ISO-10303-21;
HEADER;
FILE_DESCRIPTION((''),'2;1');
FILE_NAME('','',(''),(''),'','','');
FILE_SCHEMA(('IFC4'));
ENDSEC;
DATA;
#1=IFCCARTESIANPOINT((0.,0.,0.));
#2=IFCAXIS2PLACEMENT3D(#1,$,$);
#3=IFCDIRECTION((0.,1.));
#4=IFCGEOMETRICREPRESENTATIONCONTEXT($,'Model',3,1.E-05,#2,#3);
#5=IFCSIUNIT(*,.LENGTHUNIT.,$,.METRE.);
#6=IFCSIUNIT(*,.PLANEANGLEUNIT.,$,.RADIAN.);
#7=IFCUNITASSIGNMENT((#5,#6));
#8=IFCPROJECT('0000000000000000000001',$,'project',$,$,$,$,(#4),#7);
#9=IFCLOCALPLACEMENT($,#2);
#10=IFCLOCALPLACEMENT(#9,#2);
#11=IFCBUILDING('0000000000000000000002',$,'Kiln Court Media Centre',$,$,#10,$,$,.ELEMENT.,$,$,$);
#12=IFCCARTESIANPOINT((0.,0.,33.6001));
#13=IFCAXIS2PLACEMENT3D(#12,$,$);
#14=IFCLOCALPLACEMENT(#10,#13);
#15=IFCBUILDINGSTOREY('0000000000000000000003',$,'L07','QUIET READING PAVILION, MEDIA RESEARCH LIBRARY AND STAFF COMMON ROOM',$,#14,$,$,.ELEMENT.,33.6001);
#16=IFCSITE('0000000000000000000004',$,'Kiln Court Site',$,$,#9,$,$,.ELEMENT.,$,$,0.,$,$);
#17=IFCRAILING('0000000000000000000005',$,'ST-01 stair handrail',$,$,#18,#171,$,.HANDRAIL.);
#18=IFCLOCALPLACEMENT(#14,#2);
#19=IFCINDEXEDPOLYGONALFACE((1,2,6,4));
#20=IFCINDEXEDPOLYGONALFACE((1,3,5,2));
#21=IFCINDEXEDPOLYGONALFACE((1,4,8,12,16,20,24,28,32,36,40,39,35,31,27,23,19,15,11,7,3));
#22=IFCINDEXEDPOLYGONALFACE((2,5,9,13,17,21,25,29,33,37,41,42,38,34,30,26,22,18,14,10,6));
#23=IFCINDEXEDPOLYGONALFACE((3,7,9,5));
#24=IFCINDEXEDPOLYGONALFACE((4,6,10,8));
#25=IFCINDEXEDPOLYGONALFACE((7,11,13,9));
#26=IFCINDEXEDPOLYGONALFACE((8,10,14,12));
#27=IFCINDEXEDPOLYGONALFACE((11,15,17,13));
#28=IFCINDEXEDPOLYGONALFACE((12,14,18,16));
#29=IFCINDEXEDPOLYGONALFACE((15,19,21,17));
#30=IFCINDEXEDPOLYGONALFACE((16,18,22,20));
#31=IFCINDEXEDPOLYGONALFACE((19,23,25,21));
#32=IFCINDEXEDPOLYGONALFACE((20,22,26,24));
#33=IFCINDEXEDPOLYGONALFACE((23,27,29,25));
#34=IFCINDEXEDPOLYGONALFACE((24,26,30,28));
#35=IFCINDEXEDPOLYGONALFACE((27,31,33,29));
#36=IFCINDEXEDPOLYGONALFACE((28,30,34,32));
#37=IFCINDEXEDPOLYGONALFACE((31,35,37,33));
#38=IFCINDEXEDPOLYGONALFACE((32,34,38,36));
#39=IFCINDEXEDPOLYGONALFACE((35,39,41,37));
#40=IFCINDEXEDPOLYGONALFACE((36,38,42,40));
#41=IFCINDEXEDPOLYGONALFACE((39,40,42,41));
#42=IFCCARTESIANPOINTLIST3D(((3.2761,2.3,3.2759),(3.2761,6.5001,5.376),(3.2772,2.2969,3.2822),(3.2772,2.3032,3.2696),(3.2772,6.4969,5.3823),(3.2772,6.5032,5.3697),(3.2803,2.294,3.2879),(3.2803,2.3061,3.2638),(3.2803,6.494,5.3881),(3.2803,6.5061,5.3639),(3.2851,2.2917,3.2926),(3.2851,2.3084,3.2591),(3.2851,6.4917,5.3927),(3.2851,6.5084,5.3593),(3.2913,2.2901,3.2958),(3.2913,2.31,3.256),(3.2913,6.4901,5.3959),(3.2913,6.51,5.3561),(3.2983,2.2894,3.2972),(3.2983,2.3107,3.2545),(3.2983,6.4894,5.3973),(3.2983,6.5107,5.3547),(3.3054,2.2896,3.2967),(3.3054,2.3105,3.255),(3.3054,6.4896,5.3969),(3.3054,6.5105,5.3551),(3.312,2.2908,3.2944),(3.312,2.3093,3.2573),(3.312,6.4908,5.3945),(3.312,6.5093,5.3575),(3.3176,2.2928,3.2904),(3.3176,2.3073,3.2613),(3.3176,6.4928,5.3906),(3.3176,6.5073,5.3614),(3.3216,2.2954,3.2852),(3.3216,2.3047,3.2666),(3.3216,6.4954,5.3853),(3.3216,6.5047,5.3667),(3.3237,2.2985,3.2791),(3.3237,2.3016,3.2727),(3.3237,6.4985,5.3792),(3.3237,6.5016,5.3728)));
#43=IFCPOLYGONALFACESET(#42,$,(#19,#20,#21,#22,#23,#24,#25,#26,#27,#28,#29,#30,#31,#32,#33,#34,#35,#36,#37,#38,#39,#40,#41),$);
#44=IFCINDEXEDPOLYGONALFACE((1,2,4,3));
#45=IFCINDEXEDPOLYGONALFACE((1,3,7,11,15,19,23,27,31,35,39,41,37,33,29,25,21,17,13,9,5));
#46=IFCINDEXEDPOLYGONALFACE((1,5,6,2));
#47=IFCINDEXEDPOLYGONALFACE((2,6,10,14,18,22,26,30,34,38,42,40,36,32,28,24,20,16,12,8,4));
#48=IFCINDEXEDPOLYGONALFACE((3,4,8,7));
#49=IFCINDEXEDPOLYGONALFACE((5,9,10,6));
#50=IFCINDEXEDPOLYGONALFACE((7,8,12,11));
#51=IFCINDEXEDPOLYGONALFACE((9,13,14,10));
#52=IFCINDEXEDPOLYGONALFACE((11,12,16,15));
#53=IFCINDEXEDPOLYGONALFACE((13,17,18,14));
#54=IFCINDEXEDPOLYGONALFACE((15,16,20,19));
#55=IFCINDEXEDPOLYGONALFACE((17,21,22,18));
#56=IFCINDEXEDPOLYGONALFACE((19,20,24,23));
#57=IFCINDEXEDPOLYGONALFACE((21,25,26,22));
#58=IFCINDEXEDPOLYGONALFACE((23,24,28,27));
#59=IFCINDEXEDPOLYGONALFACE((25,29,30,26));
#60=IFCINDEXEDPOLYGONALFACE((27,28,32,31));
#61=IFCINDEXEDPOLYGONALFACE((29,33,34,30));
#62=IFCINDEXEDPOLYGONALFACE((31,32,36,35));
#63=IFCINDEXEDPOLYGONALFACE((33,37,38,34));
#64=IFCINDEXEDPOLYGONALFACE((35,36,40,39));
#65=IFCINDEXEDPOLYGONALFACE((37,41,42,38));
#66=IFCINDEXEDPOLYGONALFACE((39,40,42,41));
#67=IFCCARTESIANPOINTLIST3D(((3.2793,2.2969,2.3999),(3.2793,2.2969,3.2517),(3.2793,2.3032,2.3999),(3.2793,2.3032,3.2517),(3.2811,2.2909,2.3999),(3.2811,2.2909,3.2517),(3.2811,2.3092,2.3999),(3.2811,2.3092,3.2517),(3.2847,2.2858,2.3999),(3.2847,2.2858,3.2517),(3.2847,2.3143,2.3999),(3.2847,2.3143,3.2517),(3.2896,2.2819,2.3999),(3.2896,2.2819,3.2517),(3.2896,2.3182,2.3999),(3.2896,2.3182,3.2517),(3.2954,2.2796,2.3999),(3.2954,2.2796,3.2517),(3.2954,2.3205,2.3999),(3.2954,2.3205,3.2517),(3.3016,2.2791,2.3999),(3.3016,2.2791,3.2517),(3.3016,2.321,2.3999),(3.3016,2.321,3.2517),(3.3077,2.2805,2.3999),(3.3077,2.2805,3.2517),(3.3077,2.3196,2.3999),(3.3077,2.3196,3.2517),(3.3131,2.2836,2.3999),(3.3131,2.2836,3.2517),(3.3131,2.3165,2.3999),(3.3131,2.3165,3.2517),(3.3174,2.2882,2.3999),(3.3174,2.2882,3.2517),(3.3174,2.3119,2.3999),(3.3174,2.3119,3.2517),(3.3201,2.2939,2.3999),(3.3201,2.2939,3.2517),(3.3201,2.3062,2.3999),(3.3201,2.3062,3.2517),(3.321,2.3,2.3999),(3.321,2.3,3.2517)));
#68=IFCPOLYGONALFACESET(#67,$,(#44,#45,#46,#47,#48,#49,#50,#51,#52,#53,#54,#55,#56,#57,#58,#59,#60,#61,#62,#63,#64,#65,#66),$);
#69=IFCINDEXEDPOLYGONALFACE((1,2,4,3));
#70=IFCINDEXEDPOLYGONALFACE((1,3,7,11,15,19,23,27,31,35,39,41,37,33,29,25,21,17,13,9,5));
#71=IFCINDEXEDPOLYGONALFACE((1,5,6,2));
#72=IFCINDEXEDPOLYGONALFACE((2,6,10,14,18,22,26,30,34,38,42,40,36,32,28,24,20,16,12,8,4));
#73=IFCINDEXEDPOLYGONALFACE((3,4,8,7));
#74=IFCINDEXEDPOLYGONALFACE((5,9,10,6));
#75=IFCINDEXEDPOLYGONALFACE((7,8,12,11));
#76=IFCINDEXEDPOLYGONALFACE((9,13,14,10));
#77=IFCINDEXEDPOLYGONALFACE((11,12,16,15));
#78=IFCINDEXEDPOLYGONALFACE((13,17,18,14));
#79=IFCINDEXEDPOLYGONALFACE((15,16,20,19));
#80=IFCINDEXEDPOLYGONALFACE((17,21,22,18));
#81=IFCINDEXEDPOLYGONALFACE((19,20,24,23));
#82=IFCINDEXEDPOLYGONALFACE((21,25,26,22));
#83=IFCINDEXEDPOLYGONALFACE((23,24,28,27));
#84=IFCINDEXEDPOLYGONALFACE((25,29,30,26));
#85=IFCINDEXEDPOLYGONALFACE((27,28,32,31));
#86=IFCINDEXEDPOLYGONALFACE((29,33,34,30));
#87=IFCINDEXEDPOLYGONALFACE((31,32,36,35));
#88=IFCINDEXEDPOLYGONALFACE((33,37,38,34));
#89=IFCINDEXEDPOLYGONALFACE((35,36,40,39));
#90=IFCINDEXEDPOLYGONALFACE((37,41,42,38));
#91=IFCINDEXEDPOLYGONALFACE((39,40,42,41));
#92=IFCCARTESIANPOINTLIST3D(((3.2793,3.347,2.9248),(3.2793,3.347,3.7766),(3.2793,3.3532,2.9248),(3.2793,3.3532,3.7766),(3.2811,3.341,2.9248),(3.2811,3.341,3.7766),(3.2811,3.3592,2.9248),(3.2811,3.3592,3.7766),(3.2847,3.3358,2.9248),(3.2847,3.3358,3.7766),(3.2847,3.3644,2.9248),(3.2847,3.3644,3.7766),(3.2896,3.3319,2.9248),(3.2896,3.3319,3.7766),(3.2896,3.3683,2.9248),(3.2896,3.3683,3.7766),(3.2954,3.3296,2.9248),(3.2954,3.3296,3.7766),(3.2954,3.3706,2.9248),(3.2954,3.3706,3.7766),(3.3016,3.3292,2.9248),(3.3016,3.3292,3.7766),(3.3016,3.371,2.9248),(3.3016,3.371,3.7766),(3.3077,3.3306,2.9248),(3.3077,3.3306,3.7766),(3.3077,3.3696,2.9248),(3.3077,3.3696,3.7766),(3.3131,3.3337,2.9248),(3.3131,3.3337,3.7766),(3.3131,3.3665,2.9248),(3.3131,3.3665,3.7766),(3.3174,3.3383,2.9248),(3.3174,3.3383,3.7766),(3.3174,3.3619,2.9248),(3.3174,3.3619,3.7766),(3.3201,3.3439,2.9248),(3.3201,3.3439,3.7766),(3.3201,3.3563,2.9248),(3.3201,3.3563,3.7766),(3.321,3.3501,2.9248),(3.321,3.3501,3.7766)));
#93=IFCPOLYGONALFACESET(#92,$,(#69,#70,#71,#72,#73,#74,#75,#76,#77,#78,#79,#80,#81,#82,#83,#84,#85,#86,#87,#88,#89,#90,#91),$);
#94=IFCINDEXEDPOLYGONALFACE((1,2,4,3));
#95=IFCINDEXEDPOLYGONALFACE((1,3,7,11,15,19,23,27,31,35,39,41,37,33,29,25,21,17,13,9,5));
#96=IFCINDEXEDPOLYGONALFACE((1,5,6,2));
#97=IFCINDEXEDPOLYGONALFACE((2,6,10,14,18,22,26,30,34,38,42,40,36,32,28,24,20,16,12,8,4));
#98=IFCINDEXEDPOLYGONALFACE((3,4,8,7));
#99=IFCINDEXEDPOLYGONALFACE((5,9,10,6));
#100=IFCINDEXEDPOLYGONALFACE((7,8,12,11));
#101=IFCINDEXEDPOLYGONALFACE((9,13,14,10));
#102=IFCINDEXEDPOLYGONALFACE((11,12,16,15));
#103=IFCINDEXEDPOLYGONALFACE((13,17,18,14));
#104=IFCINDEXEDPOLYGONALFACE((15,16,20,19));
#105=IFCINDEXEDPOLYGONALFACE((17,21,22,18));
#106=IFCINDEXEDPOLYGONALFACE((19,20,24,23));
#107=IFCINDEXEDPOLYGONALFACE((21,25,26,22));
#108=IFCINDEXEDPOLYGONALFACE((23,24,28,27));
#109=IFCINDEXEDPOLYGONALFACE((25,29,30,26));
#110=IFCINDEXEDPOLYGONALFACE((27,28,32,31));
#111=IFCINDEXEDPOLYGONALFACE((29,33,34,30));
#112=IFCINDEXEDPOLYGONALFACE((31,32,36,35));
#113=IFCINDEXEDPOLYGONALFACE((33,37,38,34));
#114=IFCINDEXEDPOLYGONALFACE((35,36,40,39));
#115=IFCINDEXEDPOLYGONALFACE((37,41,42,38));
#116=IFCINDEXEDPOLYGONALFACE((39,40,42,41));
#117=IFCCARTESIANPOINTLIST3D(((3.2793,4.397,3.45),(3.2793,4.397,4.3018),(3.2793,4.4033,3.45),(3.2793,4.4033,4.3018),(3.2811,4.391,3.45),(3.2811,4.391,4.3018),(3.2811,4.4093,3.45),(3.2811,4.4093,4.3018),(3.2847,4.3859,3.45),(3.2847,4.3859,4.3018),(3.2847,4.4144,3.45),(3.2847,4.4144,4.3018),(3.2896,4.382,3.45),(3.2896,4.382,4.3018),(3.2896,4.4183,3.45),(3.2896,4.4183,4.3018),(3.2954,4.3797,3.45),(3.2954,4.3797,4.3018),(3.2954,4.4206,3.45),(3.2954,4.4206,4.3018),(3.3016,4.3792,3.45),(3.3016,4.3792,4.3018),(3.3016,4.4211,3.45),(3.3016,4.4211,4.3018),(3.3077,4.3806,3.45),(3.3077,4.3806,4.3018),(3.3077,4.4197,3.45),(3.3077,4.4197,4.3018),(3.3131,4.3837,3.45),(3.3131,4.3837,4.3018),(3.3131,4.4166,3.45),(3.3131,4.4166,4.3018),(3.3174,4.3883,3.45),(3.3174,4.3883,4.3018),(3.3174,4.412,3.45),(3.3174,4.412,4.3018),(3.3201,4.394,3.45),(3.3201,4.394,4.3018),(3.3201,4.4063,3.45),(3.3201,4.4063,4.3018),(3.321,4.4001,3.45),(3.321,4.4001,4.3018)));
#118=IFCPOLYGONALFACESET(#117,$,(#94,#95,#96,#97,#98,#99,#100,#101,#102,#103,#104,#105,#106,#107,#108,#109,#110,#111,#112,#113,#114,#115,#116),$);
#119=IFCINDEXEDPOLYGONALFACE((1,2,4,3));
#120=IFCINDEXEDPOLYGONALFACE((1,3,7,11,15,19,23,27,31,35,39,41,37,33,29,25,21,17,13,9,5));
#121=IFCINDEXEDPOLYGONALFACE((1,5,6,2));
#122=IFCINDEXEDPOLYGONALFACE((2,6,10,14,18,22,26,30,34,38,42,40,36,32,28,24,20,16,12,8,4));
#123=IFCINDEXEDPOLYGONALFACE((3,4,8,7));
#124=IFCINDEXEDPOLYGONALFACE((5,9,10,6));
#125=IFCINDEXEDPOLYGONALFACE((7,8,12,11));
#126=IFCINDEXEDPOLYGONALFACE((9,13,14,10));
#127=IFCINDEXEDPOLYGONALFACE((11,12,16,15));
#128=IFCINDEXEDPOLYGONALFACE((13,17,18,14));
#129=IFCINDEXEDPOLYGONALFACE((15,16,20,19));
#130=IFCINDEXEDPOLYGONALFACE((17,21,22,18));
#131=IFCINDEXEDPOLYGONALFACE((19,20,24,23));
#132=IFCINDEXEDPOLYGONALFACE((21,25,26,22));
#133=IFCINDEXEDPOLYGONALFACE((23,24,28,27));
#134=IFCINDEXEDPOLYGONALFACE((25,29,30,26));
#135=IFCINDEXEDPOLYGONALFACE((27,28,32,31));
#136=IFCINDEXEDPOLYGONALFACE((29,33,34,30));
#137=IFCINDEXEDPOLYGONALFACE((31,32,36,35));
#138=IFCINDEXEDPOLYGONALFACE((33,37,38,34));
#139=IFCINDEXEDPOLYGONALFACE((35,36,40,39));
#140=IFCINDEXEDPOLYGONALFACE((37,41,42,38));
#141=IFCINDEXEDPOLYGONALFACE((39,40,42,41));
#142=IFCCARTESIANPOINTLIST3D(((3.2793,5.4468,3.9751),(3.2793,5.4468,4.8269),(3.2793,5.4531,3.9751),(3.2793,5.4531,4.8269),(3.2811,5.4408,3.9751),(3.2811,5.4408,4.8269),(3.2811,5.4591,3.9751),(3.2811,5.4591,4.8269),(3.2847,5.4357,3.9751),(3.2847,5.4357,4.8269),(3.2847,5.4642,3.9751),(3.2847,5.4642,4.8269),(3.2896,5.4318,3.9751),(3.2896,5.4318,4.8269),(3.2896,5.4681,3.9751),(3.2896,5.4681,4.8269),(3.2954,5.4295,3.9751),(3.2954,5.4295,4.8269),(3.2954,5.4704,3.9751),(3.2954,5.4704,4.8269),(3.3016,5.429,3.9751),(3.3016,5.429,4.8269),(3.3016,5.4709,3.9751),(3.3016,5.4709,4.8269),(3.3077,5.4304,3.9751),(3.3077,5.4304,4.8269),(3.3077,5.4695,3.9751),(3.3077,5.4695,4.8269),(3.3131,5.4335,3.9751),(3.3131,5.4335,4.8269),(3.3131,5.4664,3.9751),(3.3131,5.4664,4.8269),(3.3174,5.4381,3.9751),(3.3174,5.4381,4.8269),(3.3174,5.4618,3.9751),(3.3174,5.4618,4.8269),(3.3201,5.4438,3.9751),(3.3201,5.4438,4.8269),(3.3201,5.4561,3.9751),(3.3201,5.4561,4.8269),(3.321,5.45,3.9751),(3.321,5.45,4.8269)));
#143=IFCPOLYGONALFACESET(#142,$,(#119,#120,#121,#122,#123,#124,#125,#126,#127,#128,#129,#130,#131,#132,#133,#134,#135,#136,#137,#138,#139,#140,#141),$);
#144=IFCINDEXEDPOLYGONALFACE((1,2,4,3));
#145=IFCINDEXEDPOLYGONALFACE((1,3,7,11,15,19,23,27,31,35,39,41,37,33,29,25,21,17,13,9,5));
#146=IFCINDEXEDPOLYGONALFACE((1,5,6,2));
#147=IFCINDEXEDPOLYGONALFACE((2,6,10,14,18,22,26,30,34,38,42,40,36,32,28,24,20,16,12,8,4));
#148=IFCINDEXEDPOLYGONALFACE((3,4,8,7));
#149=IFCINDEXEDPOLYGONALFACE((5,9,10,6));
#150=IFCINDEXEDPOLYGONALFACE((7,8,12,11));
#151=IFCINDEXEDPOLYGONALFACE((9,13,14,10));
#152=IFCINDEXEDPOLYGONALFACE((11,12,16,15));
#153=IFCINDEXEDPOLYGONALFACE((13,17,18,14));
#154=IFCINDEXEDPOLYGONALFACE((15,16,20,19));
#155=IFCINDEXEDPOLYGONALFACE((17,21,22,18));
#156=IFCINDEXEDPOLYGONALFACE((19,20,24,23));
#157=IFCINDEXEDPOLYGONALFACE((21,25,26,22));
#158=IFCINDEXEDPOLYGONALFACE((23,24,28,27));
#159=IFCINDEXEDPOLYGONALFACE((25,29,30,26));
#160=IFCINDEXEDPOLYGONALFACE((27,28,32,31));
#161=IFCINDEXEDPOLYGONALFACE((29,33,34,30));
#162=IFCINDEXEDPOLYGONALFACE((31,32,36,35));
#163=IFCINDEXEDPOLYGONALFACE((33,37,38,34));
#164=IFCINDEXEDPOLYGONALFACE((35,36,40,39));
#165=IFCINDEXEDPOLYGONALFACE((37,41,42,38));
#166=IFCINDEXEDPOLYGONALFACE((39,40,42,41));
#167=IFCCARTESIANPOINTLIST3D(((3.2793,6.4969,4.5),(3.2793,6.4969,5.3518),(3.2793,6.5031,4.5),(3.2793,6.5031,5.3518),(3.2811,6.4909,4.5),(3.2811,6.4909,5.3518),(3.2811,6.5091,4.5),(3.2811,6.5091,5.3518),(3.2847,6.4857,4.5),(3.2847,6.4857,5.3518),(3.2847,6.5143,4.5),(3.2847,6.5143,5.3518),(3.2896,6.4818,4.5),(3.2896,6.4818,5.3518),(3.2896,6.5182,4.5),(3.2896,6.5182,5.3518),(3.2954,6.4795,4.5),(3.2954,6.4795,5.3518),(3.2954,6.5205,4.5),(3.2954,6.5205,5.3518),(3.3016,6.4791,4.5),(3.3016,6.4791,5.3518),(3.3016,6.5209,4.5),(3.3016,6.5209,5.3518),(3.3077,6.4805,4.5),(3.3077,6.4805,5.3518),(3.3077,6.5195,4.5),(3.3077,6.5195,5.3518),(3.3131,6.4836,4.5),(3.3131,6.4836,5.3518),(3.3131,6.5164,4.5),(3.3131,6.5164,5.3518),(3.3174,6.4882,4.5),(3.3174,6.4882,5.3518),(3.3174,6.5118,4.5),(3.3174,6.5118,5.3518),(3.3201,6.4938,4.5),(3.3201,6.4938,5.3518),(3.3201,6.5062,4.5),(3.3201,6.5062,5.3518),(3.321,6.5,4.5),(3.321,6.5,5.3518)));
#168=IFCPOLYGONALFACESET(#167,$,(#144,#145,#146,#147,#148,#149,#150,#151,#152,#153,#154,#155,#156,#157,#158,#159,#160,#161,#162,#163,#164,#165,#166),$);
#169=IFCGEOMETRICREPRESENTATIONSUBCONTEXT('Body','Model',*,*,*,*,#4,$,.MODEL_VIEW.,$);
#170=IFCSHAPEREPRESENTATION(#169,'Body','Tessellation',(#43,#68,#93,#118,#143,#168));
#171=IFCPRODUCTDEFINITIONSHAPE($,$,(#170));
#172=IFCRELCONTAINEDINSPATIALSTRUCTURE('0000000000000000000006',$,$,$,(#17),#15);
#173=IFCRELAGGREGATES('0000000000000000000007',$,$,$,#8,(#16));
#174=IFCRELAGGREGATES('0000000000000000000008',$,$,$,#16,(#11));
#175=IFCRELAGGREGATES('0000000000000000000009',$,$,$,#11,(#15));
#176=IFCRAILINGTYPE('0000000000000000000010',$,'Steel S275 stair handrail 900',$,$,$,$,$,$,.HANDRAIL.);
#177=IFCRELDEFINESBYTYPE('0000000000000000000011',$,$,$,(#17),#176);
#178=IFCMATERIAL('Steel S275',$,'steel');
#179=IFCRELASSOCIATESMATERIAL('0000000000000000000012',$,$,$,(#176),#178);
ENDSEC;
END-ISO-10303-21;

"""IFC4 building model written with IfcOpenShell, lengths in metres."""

from ifc_helpers import new_model, si_unit, direction, frame, origin, origin_2d, place, context, subcontext, project, spatial, circle, extrude, material, type_object, element, save


model = new_model("IFC4")

# Units and contexts
model_context = context("Model", 3, precision=1e-05, world=origin(), true_north=direction((0.0, 1.0)))
body_context = subcontext(model_context, "Body", "Model", "MODEL_VIEW")
ifc_project = project(units=[si_unit("LENGTHUNIT", "METRE"), si_unit("PLANEANGLEUNIT", "RADIAN")], contexts=[model_context])

# Site, building, storey
site_placement = place(None, origin())
site = spatial("IfcSite", under=ifc_project, at=site_placement, Name="Kiln Court Site", CompositionType="ELEMENT", RefElevation=0.0)
building_placement = place(site_placement, origin())
building = spatial("IfcBuilding", under=site, at=building_placement, Name="Kiln Court Media Centre", CompositionType="ELEMENT")
storey_placement = place(building_placement, frame((0.0, 0.0, 33.6001)))
storey = spatial("IfcBuildingStorey", under=building, at=storey_placement, Name="L07", Description="QUIET READING PAVILION, MEDIA RESEARCH LIBRARY AND STAFF COMMON ROOM", CompositionType="ELEMENT", Elevation=33.6001)

# Railing
ifc_material_1 = material(Name="Steel S275", Category="steel")
railing_type_1 = type_object("IfcRailingType", Name="Steel S275 stair handrail 900", PredefinedType="HANDRAIL", material=ifc_material_1)
railing_1_placement = place(storey_placement, frame((3.3, 2.3, 2.3999)))
element("IfcRailing", 1, at=railing_1_placement, inside=storey, type_object=railing_type_1, Name="ST-01 stair handrail", PredefinedType="HANDRAIL", context=body_context, shape_type="SweptSolid", body=[
    extrude(circle(Radius=0.0239, at=origin_2d()), frame((0.0, 0.0, 0.876), z_axis=(0.0, 0.894417, 0.447234), x_axis=(-1.0, 0.0, 0.0)), (0.0, 0.0, 1.0), 4.6958),
    extrude(circle(Radius=0.021, at=origin_2d()), origin(), (0.0, 0.0, 1.0), 0.8518),
    extrude(circle(Radius=0.021, at=origin_2d()), frame((0.0, 1.05, 0.5249)), (0.0, 0.0, 1.0), 0.8518),
    extrude(circle(Radius=0.021, at=origin_2d()), frame((0.0, 2.1001, 1.05)), (0.0, 0.0, 1.0), 0.8518),
    extrude(circle(Radius=0.021, at=origin_2d()), frame((0.0, 3.1499, 1.5752)), (0.0, 0.0, 1.0), 0.8518),
    extrude(circle(Radius=0.021, at=origin_2d()), frame((0.0, 4.2, 2.1001)), (0.0, 0.0, 1.0), 0.8518),
])

save(model, "model.ifc")
